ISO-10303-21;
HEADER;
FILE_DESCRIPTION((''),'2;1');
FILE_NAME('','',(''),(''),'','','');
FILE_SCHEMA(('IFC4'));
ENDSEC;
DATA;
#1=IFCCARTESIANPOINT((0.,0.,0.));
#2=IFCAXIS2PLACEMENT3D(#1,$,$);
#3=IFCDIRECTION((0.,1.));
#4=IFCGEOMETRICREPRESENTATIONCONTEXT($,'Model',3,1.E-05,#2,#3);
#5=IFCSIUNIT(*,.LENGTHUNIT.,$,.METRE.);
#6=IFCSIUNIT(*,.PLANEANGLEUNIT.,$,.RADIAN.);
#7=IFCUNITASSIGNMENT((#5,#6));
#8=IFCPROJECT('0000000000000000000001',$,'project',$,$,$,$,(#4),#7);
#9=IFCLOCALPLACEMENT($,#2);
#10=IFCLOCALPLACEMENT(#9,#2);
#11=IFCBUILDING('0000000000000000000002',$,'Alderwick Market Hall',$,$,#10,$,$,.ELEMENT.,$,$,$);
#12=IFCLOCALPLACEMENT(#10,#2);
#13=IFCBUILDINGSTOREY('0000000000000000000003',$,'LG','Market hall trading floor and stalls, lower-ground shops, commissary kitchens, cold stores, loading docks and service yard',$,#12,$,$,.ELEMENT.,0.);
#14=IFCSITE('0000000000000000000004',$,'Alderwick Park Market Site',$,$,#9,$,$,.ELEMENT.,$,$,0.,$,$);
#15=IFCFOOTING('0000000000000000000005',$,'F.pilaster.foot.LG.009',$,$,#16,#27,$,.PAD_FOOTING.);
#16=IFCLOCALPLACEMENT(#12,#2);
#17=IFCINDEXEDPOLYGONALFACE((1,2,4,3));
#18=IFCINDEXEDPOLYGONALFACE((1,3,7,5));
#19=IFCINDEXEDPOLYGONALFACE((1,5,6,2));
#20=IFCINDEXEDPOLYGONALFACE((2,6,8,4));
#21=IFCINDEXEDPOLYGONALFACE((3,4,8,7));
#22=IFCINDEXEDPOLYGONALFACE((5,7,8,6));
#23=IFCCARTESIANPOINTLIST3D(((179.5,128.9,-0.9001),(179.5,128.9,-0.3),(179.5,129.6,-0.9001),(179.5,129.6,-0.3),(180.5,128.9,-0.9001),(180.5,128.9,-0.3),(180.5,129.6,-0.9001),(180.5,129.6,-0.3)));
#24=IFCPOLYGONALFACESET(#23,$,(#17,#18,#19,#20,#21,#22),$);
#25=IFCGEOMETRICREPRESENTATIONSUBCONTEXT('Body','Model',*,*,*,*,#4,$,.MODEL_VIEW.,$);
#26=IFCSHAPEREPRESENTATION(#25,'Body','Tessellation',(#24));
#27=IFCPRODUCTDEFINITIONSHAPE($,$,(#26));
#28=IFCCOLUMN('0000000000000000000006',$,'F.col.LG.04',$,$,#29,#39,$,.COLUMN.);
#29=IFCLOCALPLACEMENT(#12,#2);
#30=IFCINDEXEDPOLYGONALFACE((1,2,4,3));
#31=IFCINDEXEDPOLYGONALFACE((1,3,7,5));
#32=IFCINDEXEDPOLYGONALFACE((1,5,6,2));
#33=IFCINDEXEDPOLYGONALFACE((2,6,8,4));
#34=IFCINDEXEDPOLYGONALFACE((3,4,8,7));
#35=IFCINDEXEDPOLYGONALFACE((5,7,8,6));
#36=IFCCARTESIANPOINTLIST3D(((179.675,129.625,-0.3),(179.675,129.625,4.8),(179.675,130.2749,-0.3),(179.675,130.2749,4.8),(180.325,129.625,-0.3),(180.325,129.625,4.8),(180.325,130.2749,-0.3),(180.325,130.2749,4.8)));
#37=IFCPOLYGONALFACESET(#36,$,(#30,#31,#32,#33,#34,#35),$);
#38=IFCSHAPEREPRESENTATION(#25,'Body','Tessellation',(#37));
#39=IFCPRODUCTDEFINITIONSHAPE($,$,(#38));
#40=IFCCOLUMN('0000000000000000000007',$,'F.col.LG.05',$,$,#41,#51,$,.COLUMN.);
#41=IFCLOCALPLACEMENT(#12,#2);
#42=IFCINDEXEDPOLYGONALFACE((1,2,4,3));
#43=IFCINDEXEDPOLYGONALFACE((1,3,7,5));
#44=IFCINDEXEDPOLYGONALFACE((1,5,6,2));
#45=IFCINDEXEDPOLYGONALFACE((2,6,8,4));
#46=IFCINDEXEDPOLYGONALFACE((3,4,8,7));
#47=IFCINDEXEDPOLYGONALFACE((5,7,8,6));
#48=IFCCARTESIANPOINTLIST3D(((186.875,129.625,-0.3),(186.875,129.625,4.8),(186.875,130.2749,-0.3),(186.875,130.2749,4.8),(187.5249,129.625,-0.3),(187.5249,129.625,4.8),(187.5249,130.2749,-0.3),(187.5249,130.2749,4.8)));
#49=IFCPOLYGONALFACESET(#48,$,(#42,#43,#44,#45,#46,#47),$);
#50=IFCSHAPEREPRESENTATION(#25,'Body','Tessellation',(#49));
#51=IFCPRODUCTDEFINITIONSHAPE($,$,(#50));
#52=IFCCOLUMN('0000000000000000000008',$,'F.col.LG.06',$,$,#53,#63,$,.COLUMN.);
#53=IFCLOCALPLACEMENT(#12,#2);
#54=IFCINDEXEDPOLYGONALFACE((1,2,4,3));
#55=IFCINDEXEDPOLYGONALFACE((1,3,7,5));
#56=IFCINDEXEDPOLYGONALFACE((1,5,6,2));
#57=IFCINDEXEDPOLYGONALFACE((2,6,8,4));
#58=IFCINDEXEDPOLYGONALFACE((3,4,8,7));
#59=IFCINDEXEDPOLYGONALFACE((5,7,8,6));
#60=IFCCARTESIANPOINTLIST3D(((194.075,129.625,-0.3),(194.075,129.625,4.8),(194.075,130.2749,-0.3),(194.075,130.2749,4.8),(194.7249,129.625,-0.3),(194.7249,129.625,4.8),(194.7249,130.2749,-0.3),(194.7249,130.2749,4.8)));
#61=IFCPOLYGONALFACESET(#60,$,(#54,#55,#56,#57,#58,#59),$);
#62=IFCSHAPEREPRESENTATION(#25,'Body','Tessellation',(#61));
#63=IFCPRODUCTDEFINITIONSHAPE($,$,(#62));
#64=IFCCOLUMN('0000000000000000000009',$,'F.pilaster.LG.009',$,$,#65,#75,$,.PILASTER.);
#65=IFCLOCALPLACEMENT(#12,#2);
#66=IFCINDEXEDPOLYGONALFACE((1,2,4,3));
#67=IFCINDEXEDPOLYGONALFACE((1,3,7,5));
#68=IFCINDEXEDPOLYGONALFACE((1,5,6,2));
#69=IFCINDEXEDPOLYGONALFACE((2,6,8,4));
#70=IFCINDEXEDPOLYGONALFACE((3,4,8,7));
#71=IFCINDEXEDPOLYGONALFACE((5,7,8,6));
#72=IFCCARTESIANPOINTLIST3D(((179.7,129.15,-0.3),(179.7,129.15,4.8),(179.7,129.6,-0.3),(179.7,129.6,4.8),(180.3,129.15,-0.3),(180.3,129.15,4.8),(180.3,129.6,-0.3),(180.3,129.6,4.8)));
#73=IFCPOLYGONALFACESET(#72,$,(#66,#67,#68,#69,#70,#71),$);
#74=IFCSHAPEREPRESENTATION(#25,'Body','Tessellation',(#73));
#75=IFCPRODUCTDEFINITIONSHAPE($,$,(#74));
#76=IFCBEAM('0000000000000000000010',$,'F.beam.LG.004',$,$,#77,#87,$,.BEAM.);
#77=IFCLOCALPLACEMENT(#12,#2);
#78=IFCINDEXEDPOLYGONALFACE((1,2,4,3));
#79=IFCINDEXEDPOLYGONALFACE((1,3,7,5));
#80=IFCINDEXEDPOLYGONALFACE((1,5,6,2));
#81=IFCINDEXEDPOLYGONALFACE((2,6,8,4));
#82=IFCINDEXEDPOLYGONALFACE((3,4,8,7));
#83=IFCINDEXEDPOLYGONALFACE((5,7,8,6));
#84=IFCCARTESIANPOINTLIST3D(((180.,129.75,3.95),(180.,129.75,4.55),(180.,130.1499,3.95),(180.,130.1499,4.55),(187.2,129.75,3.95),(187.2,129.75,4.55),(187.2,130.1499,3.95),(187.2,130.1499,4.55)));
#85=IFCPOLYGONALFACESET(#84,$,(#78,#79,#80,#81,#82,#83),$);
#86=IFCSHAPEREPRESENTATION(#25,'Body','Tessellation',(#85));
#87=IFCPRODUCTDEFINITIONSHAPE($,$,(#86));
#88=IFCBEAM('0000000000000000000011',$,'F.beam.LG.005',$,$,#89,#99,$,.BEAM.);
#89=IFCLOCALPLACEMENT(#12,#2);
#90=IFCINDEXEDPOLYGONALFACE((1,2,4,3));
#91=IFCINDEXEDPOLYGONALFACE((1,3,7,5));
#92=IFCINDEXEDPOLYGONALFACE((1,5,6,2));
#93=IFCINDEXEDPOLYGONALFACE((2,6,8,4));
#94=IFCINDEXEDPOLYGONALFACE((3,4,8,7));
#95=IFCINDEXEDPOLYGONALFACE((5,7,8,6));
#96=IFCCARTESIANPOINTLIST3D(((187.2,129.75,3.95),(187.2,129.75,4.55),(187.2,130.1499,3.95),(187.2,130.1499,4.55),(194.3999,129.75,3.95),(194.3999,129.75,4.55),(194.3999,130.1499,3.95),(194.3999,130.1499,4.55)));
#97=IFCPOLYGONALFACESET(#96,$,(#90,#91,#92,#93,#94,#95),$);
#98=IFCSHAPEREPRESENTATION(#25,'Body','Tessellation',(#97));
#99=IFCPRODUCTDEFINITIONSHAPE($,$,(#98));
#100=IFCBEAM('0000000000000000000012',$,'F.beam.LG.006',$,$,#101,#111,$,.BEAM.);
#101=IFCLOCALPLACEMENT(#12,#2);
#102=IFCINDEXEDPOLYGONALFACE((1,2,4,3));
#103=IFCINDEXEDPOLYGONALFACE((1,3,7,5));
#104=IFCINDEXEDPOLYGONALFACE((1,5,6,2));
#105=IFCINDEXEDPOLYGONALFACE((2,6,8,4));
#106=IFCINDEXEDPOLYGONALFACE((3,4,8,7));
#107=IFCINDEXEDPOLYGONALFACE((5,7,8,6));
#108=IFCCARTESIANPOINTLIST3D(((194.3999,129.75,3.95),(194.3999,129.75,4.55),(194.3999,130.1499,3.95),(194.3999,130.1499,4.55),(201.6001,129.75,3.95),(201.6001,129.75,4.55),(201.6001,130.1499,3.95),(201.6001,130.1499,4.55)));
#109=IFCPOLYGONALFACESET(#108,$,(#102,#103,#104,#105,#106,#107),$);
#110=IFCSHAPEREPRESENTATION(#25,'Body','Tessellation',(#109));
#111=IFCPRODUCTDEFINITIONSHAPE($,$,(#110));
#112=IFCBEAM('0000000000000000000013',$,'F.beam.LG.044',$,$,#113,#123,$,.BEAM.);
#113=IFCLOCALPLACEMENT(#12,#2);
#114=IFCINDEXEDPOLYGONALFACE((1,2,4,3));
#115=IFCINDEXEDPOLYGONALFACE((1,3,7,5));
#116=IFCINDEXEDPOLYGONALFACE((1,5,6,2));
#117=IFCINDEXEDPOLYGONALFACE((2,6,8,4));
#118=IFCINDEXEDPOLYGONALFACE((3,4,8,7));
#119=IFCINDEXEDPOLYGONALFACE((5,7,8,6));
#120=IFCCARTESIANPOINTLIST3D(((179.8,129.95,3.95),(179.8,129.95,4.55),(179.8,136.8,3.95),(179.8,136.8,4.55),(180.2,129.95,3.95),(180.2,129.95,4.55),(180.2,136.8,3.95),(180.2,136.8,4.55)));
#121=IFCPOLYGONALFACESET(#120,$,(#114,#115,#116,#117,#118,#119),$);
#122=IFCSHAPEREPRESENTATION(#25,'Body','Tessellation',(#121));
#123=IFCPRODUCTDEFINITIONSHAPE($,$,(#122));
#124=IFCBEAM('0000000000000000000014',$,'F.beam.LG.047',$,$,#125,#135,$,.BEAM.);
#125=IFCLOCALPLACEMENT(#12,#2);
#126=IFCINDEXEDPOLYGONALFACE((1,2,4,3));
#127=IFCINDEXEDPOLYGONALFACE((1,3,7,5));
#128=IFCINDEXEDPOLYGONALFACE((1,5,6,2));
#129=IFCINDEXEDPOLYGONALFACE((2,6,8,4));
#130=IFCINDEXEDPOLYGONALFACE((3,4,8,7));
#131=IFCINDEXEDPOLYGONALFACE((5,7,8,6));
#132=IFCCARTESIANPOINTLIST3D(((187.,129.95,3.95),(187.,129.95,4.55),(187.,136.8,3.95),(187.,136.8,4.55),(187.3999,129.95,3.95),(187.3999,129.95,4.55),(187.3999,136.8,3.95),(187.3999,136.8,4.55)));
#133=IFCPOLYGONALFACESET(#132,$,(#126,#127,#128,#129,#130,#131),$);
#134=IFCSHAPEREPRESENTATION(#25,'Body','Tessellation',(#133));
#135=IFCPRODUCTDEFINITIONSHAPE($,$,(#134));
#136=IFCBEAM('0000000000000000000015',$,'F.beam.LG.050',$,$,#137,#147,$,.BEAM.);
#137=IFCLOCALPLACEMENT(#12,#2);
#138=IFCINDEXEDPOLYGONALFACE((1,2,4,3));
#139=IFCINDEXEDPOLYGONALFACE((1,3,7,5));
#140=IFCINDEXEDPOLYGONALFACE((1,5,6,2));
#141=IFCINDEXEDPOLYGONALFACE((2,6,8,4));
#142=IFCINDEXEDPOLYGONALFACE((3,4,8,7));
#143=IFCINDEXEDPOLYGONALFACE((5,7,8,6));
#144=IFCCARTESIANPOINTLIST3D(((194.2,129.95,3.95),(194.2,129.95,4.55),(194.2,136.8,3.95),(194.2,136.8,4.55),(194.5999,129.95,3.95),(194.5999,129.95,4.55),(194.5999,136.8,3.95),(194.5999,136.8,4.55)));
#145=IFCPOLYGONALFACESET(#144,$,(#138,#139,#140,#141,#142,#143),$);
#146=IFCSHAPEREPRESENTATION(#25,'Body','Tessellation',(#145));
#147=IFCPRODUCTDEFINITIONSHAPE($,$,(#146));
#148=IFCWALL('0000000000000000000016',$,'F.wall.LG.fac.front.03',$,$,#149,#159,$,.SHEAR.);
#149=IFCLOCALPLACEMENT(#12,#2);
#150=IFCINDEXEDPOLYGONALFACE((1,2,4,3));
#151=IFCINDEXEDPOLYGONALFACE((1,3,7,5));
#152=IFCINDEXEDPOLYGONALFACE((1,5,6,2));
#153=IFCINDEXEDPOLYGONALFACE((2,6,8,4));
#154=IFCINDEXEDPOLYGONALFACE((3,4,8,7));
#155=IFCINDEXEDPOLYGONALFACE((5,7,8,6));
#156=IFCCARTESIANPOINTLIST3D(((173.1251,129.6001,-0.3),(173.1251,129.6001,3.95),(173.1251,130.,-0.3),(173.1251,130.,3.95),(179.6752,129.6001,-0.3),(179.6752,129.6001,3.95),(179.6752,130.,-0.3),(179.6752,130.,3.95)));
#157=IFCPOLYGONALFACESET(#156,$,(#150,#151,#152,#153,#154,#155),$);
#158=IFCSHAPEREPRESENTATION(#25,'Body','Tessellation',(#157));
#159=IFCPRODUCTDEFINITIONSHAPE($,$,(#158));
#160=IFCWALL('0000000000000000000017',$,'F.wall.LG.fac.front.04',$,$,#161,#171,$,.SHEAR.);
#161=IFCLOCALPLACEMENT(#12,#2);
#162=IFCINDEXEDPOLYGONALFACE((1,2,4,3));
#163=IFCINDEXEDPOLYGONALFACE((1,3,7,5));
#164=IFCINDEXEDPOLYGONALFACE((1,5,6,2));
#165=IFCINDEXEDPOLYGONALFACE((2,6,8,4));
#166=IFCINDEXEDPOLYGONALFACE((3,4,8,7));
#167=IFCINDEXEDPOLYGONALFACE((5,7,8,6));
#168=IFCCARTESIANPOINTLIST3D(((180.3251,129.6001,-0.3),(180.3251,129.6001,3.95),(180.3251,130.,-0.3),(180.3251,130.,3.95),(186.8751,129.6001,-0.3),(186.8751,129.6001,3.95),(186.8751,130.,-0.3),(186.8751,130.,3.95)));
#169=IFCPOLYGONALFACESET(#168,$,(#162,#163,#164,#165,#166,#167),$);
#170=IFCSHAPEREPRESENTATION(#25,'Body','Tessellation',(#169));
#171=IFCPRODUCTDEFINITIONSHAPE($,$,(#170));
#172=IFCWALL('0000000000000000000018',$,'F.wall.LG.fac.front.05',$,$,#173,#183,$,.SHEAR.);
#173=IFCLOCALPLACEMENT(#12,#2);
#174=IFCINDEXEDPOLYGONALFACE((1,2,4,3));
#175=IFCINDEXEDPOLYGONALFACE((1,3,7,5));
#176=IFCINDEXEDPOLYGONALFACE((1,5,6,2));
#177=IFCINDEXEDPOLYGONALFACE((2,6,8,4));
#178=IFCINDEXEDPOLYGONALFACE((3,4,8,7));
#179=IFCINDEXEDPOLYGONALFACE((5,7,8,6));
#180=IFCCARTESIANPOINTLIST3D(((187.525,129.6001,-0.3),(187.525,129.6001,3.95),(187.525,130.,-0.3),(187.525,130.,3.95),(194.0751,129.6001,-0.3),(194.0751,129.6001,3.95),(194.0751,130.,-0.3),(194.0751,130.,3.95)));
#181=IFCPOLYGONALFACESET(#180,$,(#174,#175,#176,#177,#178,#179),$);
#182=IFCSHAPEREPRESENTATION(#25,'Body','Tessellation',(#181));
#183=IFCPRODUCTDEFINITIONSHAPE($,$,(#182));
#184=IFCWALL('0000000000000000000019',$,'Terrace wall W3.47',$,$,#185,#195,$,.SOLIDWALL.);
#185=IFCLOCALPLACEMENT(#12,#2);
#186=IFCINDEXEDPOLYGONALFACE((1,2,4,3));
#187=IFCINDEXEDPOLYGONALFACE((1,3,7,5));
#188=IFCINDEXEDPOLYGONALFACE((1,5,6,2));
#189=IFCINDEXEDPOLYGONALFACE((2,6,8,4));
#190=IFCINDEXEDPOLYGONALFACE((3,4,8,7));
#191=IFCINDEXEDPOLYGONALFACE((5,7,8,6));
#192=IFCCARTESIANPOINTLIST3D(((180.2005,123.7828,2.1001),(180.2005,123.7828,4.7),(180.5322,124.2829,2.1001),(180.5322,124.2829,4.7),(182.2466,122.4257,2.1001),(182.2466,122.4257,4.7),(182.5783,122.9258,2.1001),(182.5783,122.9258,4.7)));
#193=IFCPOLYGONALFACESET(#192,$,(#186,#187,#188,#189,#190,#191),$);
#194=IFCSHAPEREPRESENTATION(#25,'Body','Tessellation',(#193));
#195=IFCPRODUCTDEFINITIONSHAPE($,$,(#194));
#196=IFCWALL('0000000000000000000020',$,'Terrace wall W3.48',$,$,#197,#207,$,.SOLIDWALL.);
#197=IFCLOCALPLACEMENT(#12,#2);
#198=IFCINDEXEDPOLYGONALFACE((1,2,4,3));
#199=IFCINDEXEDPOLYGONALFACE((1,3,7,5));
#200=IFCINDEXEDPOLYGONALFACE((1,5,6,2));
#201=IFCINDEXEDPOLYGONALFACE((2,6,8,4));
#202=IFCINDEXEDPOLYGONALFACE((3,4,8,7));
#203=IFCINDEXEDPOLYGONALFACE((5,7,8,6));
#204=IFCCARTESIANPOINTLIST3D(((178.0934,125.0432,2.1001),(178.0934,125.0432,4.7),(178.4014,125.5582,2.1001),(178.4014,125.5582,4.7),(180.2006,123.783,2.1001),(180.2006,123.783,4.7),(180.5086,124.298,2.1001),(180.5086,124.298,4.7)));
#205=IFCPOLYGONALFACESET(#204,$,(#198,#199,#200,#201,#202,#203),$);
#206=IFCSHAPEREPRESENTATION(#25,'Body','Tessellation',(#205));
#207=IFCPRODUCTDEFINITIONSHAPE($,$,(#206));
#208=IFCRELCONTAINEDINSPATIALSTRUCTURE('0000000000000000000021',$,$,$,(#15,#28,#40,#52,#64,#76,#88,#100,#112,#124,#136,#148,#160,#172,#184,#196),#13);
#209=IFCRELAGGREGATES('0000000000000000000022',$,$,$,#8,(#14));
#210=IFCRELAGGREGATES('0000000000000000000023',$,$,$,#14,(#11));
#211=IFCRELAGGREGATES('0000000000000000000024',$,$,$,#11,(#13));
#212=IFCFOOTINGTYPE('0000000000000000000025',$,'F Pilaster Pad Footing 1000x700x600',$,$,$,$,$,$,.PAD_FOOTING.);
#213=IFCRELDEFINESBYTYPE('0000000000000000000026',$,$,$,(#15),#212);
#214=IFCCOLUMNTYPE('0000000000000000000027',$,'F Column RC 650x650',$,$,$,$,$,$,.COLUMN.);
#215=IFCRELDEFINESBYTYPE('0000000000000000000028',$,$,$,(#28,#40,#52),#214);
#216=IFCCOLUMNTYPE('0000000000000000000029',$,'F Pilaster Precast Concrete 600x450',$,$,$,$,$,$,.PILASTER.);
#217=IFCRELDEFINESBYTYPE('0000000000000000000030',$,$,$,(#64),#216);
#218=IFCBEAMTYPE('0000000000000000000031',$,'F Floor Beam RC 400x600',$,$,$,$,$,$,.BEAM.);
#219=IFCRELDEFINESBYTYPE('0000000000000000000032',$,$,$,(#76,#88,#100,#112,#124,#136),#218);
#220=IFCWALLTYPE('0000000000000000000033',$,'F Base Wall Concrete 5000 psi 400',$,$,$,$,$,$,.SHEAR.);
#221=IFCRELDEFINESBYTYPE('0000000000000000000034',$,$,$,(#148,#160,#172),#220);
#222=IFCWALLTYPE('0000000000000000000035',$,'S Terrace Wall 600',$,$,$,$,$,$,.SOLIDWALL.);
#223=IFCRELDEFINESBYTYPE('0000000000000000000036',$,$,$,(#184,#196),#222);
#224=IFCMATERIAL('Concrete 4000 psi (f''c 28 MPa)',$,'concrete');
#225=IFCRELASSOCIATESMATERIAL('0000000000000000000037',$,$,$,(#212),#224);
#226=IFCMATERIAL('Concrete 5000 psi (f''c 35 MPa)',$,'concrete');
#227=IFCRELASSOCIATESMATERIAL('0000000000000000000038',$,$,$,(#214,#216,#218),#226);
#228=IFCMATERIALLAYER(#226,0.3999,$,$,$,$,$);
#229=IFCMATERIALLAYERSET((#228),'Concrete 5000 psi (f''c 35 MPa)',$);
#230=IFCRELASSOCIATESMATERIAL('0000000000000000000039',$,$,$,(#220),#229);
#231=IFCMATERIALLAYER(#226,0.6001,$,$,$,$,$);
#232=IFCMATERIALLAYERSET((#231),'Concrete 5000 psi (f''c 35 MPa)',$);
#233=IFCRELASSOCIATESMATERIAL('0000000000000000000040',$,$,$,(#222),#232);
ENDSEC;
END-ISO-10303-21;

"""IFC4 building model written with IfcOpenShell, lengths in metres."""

from ifc_helpers import new_model, si_unit, direction, frame, frame_2d, origin, origin_2d, place, context, subcontext, project, spatial, rectangle, extrude, material, layer, layer_set, material_profile, profile_set, type_object, element, save


model = new_model("IFC4")

# Units and contexts
model_context = context("Model", 3, precision=1e-05, world=origin(), true_north=direction((0.0, 1.0)))
body_context = subcontext(model_context, "Body", "Model", "MODEL_VIEW")
ifc_project = project(units=[si_unit("LENGTHUNIT", "METRE"), si_unit("PLANEANGLEUNIT", "RADIAN")], contexts=[model_context])

# Site, building, storey
site_placement = place(None, origin())
site = spatial("IfcSite", under=ifc_project, at=site_placement, Name="Alderwick Park Market Site", CompositionType="ELEMENT", RefElevation=0.0)
building_placement = place(site_placement, origin())
building = spatial("IfcBuilding", under=site, at=building_placement, Name="Alderwick Market Hall", CompositionType="ELEMENT")
storey_placement = place(building_placement, origin())
storey = spatial("IfcBuildingStorey", under=building, at=storey_placement, Name="LG", Description="Market hall trading floor and stalls, lower-ground shops, commissary kitchens, cold stores, loading docks and service yard", CompositionType="ELEMENT", Elevation=0.0)

# Footing
ifc_material_1 = material(Name="Concrete 4000 psi (f'c 28 MPa)", Category="concrete")
footing_type = type_object("IfcFootingType", Name="F Pilaster Pad Footing 1000x700x600", PredefinedType="PAD_FOOTING", material=ifc_material_1)
footing_placement = place(storey_placement, frame((180.0, 129.25, -0.9001), z_axis=(0.0, 0.0, 1.0), x_axis=(1.0, 0.0, 0.0)))
element("IfcFooting", 1, at=footing_placement, inside=storey, type_object=footing_type, Name="F.pilaster.foot.LG.009", PredefinedType="PAD_FOOTING", context=body_context, shape_type="SweptSolid", body=[
    extrude(rectangle(XDim=1.0, YDim=0.7, at=origin_2d()), origin(), (0.0, 0.0, 1.0), 0.6001),
])

# Columns
ifc_material_2 = material(Name="Concrete 5000 psi (f'c 35 MPa)", Category="concrete")
ifc_material_profile_1 = material_profile(ifc_material_2, rectangle(XDim=0.6499, YDim=0.6499, at=origin_2d()), Name="RC 650x650")
ifc_profile_set_1 = profile_set([ifc_material_profile_1], Name="Concrete 5000 psi (f'c 35 MPa)")
column_type_1 = type_object("IfcColumnType", Name="F Column RC 650x650", PredefinedType="COLUMN", material=ifc_profile_set_1)
for number, where, z_axis, x_axis, name in (
    (2, (180.0, 129.95, -0.3), (0.0, 0.0, 1.0), (1.0, 0.0, 0.0), "F.col.LG.04"),
    (3, (187.2, 129.95, -0.3), (0.0, 0.0, 1.0), (1.0, 0.0, 0.0), "F.col.LG.05"),
    (4, (194.3999, 129.95, -0.3), (0.0, 0.0, 1.0), (1.0, 0.0, 0.0), "F.col.LG.06"),
):
    element("IfcColumn", number, at=place(storey_placement, frame(where, z_axis=z_axis, x_axis=x_axis)), inside=storey, type_object=column_type_1, Name=name, PredefinedType="COLUMN", context=body_context, shape_type="SweptSolid", body=[
        extrude(rectangle(XDim=0.6499, YDim=0.6499, at=origin_2d()), origin(), (0.0, 0.0, 1.0), 5.1001),
    ])
ifc_material_profile_2 = material_profile(ifc_material_2, rectangle(XDim=0.6001, YDim=0.45, at=origin_2d()), Name="PC 600x450")
ifc_profile_set_2 = profile_set([ifc_material_profile_2], Name="Concrete 5000 psi (f'c 35 MPa)")
column_type_2 = type_object("IfcColumnType", Name="F Pilaster Precast Concrete 600x450", PredefinedType="PILASTER", material=ifc_profile_set_2)
column_placement = place(storey_placement, frame((180.0, 129.375, -0.3), z_axis=(0.0, 0.0, 1.0), x_axis=(1.0, 0.0, 0.0)))
element("IfcColumn", 5, at=column_placement, inside=storey, type_object=column_type_2, Name="F.pilaster.LG.009", PredefinedType="PILASTER", context=body_context, shape_type="SweptSolid", body=[
    extrude(rectangle(XDim=0.6001, YDim=0.45, at=origin_2d()), origin(), (0.0, 0.0, 1.0), 5.1001),
])

# Beams
ifc_material_profile_3 = material_profile(ifc_material_2, rectangle(XDim=0.3999, YDim=0.6001, at=origin_2d()), Name="RC 400x600")
ifc_profile_set_3 = profile_set([ifc_material_profile_3], Name="Concrete 5000 psi (f'c 35 MPa)")
beam_type = type_object("IfcBeamType", Name="F Floor Beam RC 400x600", PredefinedType="BEAM", material=ifc_profile_set_3)
for number, where, z_axis, x_axis, name in (
    (6, (180.0, 129.95, 4.25), (1.0, 0.0, 0.0), (0.0, 1.0, 0.0), "F.beam.LG.004"),
    (7, (187.2, 129.95, 4.25), (1.0, 0.0, 0.0), (0.0, 1.0, 0.0), "F.beam.LG.005"),
):
    element("IfcBeam", number, at=place(storey_placement, frame(where, z_axis=z_axis, x_axis=x_axis)), inside=storey, type_object=beam_type, Name=name, PredefinedType="BEAM", context=body_context, shape_type="SweptSolid", body=[
        extrude(rectangle(XDim=0.3999, YDim=0.6001, at=origin_2d()), origin(), (0.0, 0.0, 1.0), 7.2),
    ])
beam_placement = place(storey_placement, frame((194.3999, 129.95, 4.25), z_axis=(1.0, 0.0, 0.0), x_axis=(0.0, 1.0, 0.0)))
element("IfcBeam", 8, at=beam_placement, inside=storey, type_object=beam_type, Name="F.beam.LG.006", PredefinedType="BEAM", context=body_context, shape_type="SweptSolid", body=[
    extrude(rectangle(XDim=0.3999, YDim=0.6001, at=origin_2d()), origin(), (0.0, 0.0, 1.0), 7.2002),
])
for number, where, z_axis, x_axis, name in (
    (9, (180.0, 129.95, 4.25), (0.0, 1.0, 0.0), (-1.0, 0.0, 0.0), "F.beam.LG.044"),
    (10, (187.2, 129.95, 4.25), (0.0, 1.0, 0.0), (-1.0, 0.0, 0.0), "F.beam.LG.047"),
    (11, (194.3999, 129.95, 4.25), (0.0, 1.0, 0.0), (-1.0, 0.0, 0.0), "F.beam.LG.050"),
):
    element("IfcBeam", number, at=place(storey_placement, frame(where, z_axis=z_axis, x_axis=x_axis)), inside=storey, type_object=beam_type, Name=name, PredefinedType="BEAM", context=body_context, shape_type="SweptSolid", body=[
        extrude(rectangle(XDim=0.3999, YDim=0.6001, at=origin_2d()), origin(), (0.0, 0.0, 1.0), 6.8501),
    ])

# Walls
ifc_layer_1 = layer(ifc_material_2, 0.3999)
ifc_layer_set_1 = layer_set([ifc_layer_1], Name="Concrete 5000 psi (f'c 35 MPa)")
wall_type_1 = type_object("IfcWallType", Name="F Base Wall Concrete 5000 psi 400", PredefinedType="SHEAR", material=ifc_layer_set_1)
for number, where, z_axis, x_axis, name in (
    (12, (179.675, 129.8, -0.3), (0.0, 0.0, 1.0), (-1.0, 0.0, 0.0), "F.wall.LG.fac.front.03"),
    (13, (186.875, 129.8, -0.3), (0.0, 0.0, 1.0), (-1.0, 0.0, 0.0), "F.wall.LG.fac.front.04"),
    (14, (194.075, 129.8, -0.3), (0.0, 0.0, 1.0), (-1.0, 0.0, 0.0), "F.wall.LG.fac.front.05"),
):
    element("IfcWall", number, at=place(storey_placement, frame(where, z_axis=z_axis, x_axis=x_axis)), inside=storey, type_object=wall_type_1, Name=name, PredefinedType="SHEAR", context=body_context, shape_type="SweptSolid", body=[
        extrude(rectangle(XDim=6.55, YDim=0.3999, at=frame_2d((3.2749, 0.0))), origin(), (0.0, 0.0, 1.0), 4.25),
    ])
ifc_layer_2 = layer(ifc_material_2, 0.6001)
ifc_layer_set_2 = layer_set([ifc_layer_2], Name="Concrete 5000 psi (f'c 35 MPa)")
wall_type_2 = type_object("IfcWallType", Name="S Terrace Wall 600", PredefinedType="SOLIDWALL", material=ifc_layer_set_2)
for number, where, z_axis, x_axis, name in (
    (15, (182.4124, 122.6758, 2.1001), (0.0, 0.0, 1.0), (-0.833348, 0.552748, 0.0), "Terrace wall W3.47"),
    (16, (180.3545, 124.0405, 2.1001), (0.0, 0.0, 1.0), (-0.85822, 0.513282, 0.0), "Terrace wall W3.48"),
):
    element("IfcWall", number, at=place(storey_placement, frame(where, z_axis=z_axis, x_axis=x_axis)), inside=storey, type_object=wall_type_2, Name=name, PredefinedType="SOLIDWALL", context=body_context, shape_type="SweptSolid", body=[
        extrude(rectangle(XDim=2.4553, YDim=0.6001, at=frame_2d((1.2275, 0.0))), origin(), (0.0, 0.0, 1.0), 2.5999),
    ])

save(model, "model.ifc")
